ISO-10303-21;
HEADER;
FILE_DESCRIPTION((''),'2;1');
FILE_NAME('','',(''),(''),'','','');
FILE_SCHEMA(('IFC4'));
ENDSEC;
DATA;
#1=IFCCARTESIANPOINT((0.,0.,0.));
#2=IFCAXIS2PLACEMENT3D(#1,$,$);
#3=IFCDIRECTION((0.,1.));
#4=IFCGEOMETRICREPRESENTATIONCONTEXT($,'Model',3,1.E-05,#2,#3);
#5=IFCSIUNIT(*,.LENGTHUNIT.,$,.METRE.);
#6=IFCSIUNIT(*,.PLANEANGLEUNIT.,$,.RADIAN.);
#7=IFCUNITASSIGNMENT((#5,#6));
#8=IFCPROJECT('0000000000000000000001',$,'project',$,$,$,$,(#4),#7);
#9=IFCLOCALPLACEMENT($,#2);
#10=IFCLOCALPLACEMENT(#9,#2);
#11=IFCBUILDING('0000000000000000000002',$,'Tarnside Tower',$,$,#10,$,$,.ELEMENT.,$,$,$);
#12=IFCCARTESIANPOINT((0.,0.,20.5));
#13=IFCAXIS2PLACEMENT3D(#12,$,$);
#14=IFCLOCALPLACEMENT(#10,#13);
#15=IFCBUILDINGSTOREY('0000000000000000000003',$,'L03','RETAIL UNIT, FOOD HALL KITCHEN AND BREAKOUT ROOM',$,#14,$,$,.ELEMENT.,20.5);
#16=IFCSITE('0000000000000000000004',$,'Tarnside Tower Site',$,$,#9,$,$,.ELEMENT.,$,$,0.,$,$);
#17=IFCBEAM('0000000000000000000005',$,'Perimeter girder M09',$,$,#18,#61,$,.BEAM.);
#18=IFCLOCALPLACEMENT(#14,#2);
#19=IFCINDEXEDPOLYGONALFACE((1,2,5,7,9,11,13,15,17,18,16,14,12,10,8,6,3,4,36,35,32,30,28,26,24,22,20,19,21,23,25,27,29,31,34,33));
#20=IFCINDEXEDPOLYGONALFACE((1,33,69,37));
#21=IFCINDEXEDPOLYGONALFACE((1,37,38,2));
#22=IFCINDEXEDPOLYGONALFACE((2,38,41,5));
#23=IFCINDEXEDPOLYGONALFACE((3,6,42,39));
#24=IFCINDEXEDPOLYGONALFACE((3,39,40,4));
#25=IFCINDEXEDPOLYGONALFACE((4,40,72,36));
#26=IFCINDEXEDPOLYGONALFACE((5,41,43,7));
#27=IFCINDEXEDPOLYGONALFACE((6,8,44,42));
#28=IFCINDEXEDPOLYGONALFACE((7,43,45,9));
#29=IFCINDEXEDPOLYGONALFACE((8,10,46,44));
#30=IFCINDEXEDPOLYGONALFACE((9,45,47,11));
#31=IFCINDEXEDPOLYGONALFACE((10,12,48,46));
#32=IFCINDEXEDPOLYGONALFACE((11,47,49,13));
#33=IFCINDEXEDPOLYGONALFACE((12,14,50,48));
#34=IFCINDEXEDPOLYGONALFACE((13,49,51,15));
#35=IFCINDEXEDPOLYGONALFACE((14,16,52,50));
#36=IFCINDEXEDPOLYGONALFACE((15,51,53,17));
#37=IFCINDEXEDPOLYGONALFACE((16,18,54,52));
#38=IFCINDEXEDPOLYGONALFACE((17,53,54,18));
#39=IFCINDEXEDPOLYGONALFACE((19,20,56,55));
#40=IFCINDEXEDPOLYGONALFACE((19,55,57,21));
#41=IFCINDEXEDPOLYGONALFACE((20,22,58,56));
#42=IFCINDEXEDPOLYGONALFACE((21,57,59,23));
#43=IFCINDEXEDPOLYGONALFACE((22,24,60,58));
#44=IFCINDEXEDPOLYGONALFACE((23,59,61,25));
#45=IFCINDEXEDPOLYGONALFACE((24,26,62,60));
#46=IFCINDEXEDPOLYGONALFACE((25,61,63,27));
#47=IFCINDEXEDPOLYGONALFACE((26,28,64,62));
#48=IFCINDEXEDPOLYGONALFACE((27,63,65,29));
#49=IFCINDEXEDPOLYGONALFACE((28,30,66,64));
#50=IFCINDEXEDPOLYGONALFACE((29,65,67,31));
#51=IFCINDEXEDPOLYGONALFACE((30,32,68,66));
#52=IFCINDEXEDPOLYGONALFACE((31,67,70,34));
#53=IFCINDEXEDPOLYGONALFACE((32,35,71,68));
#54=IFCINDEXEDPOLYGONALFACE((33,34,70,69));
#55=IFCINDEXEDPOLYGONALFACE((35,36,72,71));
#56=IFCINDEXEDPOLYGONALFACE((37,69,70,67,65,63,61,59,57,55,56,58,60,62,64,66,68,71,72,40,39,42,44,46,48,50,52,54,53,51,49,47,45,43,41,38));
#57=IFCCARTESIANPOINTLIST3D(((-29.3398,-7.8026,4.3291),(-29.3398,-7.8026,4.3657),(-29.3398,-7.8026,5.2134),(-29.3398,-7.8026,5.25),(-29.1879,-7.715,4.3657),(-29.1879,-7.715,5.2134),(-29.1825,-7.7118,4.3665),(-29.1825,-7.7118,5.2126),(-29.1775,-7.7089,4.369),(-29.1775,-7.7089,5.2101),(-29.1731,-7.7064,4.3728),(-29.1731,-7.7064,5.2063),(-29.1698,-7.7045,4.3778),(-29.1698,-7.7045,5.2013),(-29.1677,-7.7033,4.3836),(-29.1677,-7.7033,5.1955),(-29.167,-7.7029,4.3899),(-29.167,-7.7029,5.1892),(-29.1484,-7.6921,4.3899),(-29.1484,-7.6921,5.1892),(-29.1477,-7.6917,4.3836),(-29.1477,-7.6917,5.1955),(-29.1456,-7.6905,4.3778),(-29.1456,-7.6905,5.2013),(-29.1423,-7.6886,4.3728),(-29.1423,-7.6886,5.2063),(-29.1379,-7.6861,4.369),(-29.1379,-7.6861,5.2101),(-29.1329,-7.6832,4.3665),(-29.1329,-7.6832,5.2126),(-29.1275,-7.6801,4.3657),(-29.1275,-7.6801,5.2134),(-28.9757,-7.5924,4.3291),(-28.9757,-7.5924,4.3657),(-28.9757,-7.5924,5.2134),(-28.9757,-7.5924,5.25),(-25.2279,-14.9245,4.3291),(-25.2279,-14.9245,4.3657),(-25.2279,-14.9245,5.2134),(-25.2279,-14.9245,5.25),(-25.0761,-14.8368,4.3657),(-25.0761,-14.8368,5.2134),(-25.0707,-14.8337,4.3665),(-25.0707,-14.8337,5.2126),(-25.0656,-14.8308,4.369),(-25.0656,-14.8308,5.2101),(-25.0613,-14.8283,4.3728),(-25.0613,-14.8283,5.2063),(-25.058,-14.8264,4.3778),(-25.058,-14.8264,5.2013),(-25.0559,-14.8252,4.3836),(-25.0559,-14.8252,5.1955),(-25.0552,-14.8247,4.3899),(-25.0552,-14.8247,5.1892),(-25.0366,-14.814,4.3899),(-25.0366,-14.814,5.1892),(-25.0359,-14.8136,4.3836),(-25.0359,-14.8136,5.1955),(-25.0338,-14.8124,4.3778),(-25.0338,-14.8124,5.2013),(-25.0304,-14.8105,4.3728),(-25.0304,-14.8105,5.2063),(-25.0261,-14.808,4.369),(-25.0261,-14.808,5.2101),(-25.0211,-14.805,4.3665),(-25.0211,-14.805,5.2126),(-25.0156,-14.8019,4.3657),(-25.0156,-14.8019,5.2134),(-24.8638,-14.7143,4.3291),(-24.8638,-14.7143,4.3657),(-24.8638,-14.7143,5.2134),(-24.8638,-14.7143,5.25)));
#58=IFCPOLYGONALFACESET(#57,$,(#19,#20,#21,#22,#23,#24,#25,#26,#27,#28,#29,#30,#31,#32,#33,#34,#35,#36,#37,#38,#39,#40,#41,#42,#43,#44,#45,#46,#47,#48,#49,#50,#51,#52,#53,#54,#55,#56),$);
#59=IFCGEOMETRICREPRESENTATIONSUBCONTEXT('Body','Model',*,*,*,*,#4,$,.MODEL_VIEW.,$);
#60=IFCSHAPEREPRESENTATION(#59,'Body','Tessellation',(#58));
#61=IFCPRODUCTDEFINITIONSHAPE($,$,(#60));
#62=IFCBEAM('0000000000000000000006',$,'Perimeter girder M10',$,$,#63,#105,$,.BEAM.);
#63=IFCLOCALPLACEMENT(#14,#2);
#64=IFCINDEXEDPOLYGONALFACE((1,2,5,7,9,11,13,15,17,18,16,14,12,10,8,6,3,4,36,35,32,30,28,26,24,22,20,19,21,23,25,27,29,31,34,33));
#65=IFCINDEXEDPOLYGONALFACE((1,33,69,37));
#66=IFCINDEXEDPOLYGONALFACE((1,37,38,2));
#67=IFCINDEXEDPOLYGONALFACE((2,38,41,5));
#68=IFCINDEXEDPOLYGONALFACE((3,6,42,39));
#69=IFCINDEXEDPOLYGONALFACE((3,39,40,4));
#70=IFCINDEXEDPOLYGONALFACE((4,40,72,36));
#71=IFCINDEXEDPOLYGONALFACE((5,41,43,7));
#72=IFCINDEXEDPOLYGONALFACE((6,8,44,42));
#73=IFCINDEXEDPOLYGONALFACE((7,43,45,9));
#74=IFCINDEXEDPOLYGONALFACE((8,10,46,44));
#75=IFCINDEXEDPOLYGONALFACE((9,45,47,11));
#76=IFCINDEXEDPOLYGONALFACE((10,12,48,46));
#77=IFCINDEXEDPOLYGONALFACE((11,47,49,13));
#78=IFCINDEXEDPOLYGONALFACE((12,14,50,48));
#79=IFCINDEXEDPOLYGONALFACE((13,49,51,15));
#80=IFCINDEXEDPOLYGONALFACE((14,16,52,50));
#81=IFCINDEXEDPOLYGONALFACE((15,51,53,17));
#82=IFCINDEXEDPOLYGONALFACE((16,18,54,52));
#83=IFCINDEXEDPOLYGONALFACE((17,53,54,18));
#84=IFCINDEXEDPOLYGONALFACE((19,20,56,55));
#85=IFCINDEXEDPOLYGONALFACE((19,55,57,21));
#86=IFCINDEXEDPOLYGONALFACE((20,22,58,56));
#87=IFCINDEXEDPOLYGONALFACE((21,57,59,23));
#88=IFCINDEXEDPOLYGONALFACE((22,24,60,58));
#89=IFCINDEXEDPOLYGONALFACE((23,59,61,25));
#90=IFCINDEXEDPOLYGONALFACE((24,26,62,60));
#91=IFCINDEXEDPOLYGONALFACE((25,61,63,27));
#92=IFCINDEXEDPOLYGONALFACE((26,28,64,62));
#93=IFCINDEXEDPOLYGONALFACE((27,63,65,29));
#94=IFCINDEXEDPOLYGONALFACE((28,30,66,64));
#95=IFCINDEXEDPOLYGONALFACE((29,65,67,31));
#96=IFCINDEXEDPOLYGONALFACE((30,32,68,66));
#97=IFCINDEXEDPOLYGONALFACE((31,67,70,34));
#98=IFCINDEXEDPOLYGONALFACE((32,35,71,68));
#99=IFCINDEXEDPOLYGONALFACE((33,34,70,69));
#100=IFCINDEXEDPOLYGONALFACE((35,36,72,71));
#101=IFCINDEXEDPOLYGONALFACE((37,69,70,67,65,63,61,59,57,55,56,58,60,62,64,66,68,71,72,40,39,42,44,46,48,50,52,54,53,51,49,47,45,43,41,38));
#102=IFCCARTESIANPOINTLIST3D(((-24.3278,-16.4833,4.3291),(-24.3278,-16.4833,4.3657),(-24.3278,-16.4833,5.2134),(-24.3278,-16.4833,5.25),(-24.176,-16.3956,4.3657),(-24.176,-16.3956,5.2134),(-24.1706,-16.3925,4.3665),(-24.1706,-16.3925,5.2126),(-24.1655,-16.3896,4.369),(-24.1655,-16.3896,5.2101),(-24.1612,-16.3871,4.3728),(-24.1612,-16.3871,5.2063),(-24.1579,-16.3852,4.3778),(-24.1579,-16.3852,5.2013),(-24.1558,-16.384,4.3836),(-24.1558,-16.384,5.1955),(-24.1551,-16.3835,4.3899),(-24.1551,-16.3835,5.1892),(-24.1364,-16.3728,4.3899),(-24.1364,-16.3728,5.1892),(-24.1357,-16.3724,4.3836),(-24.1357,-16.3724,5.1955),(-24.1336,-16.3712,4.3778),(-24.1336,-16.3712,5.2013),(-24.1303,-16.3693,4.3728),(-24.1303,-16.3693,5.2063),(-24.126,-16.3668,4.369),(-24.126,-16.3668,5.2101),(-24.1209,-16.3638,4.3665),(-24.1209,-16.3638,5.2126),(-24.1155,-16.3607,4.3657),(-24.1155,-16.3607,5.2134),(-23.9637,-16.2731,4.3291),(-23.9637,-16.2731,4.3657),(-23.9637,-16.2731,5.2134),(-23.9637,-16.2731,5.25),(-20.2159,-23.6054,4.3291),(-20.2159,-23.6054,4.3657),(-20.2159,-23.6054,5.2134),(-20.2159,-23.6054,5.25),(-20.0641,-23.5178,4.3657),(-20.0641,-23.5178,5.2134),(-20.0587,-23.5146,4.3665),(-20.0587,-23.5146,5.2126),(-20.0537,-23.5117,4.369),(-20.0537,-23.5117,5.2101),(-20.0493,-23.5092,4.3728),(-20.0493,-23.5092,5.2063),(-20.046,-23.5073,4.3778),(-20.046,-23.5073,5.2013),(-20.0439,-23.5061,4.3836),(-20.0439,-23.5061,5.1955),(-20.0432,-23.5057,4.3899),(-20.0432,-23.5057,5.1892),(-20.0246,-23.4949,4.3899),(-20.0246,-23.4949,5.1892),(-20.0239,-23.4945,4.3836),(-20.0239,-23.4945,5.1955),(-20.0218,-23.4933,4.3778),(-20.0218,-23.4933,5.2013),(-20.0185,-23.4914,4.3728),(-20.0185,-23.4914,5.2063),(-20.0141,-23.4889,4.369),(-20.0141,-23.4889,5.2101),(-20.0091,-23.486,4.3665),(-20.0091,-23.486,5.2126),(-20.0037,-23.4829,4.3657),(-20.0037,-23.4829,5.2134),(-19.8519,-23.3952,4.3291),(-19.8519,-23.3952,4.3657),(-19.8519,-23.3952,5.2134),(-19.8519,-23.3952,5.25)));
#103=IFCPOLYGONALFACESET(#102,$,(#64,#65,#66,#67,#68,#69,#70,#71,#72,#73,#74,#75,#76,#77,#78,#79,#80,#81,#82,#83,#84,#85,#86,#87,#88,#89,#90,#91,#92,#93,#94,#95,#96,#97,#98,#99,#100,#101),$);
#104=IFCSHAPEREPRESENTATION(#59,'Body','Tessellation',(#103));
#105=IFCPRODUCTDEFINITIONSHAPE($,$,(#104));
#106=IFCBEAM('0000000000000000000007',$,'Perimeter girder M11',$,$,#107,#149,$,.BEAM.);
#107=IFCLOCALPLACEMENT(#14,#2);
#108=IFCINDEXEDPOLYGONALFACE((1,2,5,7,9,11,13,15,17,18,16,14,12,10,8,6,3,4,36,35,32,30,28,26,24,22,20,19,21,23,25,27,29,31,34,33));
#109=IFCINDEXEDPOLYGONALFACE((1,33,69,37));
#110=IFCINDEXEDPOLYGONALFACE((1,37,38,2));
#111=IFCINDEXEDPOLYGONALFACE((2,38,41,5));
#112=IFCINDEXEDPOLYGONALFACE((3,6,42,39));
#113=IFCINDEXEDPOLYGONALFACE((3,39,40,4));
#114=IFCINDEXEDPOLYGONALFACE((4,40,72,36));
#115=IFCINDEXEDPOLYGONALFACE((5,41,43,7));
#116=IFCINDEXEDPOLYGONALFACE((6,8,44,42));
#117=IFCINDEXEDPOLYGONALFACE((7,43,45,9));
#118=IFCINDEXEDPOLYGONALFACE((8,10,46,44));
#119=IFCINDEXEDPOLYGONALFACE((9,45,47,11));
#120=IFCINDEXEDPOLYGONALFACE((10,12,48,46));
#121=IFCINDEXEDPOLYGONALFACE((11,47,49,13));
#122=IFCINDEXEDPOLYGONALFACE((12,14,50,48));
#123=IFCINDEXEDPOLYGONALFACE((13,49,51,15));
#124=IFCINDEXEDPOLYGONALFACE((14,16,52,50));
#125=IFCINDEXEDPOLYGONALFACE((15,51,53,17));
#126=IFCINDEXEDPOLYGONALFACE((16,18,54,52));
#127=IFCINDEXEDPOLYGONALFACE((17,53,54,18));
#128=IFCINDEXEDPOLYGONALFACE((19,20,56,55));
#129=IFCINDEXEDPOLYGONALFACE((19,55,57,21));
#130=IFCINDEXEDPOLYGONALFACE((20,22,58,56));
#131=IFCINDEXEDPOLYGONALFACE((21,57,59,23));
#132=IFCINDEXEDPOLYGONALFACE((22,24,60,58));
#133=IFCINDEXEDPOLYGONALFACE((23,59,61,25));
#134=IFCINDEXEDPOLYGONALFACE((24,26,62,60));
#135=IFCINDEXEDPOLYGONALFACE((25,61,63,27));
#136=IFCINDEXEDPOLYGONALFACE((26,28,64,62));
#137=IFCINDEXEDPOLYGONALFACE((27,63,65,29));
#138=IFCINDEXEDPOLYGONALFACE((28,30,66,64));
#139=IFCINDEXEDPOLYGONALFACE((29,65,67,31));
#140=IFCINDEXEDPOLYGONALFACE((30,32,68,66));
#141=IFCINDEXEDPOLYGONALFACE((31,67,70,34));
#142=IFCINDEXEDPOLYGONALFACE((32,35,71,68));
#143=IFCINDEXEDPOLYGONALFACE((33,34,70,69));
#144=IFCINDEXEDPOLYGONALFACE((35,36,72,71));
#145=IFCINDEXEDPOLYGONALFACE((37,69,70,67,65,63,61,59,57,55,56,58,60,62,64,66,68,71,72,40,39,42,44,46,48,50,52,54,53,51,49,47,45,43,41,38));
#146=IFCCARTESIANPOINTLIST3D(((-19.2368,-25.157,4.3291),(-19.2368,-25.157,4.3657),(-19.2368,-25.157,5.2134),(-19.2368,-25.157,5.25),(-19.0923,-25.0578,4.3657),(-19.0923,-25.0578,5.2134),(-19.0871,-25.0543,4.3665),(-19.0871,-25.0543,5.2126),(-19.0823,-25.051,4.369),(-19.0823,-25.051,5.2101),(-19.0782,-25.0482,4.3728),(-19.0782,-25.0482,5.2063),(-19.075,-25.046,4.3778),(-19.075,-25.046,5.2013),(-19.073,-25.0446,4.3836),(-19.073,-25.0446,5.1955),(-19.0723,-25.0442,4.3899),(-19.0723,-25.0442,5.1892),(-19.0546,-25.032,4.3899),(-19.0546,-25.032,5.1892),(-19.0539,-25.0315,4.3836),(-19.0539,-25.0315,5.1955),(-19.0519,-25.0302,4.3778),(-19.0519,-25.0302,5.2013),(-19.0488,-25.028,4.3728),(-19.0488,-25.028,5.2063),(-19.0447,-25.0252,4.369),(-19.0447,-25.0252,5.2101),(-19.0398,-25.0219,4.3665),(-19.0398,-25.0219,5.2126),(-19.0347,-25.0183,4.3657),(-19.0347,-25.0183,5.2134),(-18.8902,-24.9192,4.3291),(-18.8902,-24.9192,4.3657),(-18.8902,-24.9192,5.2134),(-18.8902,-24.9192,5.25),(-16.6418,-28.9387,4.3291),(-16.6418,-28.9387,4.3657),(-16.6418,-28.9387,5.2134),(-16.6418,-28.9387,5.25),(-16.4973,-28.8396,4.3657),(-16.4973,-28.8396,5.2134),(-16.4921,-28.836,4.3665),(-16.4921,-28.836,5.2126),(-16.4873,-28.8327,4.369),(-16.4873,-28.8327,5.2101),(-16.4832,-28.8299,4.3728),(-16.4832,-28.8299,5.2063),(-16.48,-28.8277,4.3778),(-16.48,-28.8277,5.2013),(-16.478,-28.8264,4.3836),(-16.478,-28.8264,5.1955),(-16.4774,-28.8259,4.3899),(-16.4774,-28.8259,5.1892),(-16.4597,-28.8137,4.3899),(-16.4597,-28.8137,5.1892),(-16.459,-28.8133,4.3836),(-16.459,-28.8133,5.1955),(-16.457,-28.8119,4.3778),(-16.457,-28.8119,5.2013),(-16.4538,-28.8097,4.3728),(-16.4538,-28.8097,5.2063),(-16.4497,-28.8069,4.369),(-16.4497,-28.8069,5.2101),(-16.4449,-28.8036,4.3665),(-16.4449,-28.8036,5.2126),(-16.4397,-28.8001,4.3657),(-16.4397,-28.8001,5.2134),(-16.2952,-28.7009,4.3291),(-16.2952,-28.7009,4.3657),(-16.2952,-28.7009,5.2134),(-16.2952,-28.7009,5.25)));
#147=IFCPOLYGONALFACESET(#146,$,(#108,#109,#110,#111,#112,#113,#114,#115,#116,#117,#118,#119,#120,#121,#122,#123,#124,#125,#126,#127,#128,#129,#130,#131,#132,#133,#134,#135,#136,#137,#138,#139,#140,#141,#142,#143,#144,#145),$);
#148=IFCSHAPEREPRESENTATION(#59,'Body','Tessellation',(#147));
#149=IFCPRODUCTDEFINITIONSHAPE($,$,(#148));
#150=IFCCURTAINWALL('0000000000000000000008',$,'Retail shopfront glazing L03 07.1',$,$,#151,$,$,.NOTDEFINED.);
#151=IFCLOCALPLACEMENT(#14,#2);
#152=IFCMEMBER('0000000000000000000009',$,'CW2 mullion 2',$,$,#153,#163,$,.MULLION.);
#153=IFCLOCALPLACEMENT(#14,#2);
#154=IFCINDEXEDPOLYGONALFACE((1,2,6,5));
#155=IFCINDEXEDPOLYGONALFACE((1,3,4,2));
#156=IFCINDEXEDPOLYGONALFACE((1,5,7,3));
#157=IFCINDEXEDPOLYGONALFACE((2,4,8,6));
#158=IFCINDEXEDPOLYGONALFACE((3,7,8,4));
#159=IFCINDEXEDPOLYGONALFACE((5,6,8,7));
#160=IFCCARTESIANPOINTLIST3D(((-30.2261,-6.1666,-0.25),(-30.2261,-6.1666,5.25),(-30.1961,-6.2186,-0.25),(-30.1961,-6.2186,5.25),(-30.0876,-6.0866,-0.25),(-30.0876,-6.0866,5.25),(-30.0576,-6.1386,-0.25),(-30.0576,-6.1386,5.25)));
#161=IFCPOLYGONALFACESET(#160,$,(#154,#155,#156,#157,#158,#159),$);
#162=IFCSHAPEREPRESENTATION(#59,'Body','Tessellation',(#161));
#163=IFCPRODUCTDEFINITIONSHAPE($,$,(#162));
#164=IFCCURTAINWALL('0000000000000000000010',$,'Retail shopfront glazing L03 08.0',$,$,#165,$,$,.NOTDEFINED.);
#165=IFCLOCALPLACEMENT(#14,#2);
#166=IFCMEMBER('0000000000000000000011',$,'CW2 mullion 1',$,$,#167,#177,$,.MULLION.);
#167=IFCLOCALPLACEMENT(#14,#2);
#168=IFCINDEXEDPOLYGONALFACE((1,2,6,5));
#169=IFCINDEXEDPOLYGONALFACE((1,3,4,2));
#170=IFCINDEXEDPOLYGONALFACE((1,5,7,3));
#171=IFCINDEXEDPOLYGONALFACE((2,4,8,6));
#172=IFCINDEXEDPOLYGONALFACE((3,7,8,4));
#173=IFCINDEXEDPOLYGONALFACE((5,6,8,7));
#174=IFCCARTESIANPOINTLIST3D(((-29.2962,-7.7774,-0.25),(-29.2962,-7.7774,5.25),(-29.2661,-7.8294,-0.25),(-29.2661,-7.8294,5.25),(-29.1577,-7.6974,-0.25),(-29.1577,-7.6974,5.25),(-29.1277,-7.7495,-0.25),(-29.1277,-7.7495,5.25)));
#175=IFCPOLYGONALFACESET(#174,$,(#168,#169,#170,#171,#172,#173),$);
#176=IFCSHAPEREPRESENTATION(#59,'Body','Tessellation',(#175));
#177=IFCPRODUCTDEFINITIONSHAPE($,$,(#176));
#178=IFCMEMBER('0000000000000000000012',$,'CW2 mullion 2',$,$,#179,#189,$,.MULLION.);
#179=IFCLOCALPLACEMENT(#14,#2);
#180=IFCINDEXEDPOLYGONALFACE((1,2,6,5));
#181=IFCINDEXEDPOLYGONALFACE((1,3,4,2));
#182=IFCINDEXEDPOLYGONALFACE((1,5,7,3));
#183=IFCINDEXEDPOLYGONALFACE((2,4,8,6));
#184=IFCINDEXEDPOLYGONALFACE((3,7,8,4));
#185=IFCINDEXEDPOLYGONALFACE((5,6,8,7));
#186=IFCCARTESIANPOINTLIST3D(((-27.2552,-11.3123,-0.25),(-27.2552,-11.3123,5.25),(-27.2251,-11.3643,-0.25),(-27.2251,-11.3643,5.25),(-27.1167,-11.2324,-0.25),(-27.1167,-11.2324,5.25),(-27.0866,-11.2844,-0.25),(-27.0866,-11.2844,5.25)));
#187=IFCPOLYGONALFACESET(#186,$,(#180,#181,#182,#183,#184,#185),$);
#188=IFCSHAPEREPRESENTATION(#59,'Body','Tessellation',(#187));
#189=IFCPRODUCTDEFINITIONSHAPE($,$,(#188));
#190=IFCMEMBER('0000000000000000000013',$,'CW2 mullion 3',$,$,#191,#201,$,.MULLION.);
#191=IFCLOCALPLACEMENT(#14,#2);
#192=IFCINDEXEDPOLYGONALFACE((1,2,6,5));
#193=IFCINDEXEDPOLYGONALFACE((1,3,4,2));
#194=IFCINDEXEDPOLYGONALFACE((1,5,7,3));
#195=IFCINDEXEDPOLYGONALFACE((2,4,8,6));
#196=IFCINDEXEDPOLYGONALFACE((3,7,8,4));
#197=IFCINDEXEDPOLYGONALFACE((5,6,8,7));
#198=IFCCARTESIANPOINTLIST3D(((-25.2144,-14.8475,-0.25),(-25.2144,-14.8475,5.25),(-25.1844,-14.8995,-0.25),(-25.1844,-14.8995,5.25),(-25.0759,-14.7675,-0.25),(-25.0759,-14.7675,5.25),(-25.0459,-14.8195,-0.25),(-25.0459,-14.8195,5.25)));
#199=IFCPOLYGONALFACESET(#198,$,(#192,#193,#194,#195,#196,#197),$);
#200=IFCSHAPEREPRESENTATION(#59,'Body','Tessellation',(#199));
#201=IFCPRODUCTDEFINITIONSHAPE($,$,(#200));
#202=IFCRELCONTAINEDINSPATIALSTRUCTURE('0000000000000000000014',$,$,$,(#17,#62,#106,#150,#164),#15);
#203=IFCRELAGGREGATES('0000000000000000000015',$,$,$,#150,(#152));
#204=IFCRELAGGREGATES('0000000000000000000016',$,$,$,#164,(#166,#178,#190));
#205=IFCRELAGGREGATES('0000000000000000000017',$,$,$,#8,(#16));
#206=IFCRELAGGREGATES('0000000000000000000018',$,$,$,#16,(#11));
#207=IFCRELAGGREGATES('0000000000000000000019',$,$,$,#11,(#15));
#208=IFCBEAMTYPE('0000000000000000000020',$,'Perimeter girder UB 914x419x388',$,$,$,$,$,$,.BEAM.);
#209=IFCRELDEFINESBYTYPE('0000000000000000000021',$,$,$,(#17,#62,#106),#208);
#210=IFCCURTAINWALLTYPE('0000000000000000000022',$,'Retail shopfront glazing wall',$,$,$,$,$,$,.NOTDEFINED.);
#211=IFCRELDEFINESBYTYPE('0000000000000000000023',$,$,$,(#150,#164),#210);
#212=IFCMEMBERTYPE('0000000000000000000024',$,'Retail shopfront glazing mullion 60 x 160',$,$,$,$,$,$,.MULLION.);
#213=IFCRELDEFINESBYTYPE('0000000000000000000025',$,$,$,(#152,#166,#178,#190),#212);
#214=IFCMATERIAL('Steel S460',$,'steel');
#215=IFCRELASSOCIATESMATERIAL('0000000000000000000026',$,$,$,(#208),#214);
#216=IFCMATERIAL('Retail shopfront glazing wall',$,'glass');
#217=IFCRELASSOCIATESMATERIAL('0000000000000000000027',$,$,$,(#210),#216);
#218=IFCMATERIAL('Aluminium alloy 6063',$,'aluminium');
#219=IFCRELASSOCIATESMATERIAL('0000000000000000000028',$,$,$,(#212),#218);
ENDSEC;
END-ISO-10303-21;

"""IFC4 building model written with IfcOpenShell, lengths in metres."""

from ifc_helpers import new_model, si_unit, direction, frame, origin, origin_2d, place, context, subcontext, project, spatial, rectangle, i_section, extrude, material, material_profile, profile_set, type_object, element, aggregate, save


model = new_model("IFC4")

# Units and contexts
model_context = context("Model", 3, precision=1e-05, world=origin(), true_north=direction((0.0, 1.0)))
body_context = subcontext(model_context, "Body", "Model", "MODEL_VIEW")
ifc_project = project(units=[si_unit("LENGTHUNIT", "METRE"), si_unit("PLANEANGLEUNIT", "RADIAN")], contexts=[model_context])

# Site, building, storey
site_placement = place(None, origin())
site = spatial("IfcSite", under=ifc_project, at=site_placement, Name="Tarnside Tower Site", CompositionType="ELEMENT", RefElevation=0.0)
building_placement = place(site_placement, origin())
building = spatial("IfcBuilding", under=site, at=building_placement, Name="Tarnside Tower", CompositionType="ELEMENT")
storey_placement = place(building_placement, frame((0.0, 0.0, 20.5)))
storey = spatial("IfcBuildingStorey", under=building, at=storey_placement, Name="L03", Description="RETAIL UNIT, FOOD HALL KITCHEN AND BREAKOUT ROOM", CompositionType="ELEMENT", Elevation=20.5)

# Beams
ifc_material_1 = material(Name="Steel S460", Category="steel")
ifc_material_profile_1 = material_profile(ifc_material_1, i_section(OverallWidth=0.4204, OverallDepth=0.9209, WebThickness=0.0215, FlangeThickness=0.0366, FilletRadius=0.0242, at=origin_2d()), Name="UB 914x419x388")
ifc_profile_set_1 = profile_set([ifc_material_profile_1], Name="Steel S460")
beam_type_1 = type_object("IfcBeamType", Name="Perimeter girder UB 914x419x388", PredefinedType="BEAM", material=ifc_profile_set_1)
beam_1_placement = place(storey_placement, frame((-29.1577, -7.6975, 4.7896), z_axis=(0.500003, -0.866024, 0.0), x_axis=(0.866024, 0.500003, 0.0)))
element("IfcBeam", 1, at=beam_1_placement, inside=storey, type_object=beam_type_1, Name="Perimeter girder M09", PredefinedType="BEAM", context=body_context, shape_type="SweptSolid", body=[
    extrude(i_section(OverallWidth=0.4204, OverallDepth=0.9209, WebThickness=0.0215, FlangeThickness=0.0366, FilletRadius=0.0242, at=origin_2d()), origin(), (0.0, 0.0, 1.0), 8.2236),
])
beam_2_placement = place(storey_placement, frame((-24.1458, -16.3782, 4.7896), z_axis=(0.49999, -0.866031, 0.0), x_axis=(0.866031, 0.49999, 0.0)))
element("IfcBeam", 2, at=beam_2_placement, inside=storey, type_object=beam_type_1, Name="Perimeter girder M10", PredefinedType="BEAM", context=body_context, shape_type="SweptSolid", body=[
    extrude(i_section(OverallWidth=0.4204, OverallDepth=0.9209, WebThickness=0.0215, FlangeThickness=0.0366, FilletRadius=0.0242, at=origin_2d()), origin(), (0.0, 0.0, 1.0), 8.2239),
])
beam_3_placement = place(storey_placement, frame((-19.0635, -25.0381, 4.7896), z_axis=(0.565792, -0.824548, 0.0), x_axis=(0.824548, 0.565792, 0.0)))
element("IfcBeam", 3, at=beam_3_placement, inside=storey, type_object=beam_type_1, Name="Perimeter girder M11", PredefinedType="BEAM", context=body_context, shape_type="SweptSolid", body=[
    extrude(i_section(OverallWidth=0.4204, OverallDepth=0.9209, WebThickness=0.0215, FlangeThickness=0.0366, FilletRadius=0.0242, at=origin_2d()), origin(), (0.0, 0.0, 1.0), 4.5864),
])

# Curtain wall, member
ifc_material_2 = material(Name="Retail shopfront glazing wall", Category="glass")
curtain_wall_type = type_object("IfcCurtainWallType", Name="Retail shopfront glazing wall", PredefinedType="NOTDEFINED", material=ifc_material_2)
curtain_wall_1_placement = place(storey_placement, origin())
curtain_wall_1 = element("IfcCurtainWall", 4, at=curtain_wall_1_placement, inside=storey, type_object=curtain_wall_type, Name="Retail shopfront glazing L03 07.1", PredefinedType="NOTDEFINED")
ifc_material_3 = material(Name="Aluminium alloy 6063", Category="aluminium")
ifc_material_profile_2 = material_profile(ifc_material_3, rectangle(XDim=0.1599, YDim=0.0601, at=origin_2d()), Name="Retail shopfront glazing mullion 60 x 160")
ifc_profile_set_2 = profile_set([ifc_material_profile_2], Name="Aluminium alloy 6063")
member_type_1 = type_object("IfcMemberType", Name="Retail shopfront glazing mullion 60 x 160", PredefinedType="MULLION", material=ifc_profile_set_2)
member_1_placement = place(storey_placement, frame((-30.1418, -6.1526, -0.25), z_axis=(0.0, 0.0, 1.0), x_axis=(0.866025, 0.5, 0.0)))
member_1 = element("IfcMember", 5, at=member_1_placement, type_object=member_type_1, Name="CW2 mullion 2", PredefinedType="MULLION", context=body_context, shape_type="SweptSolid", body=[
    extrude(rectangle(XDim=0.1599, YDim=0.0601, at=origin_2d()), origin(), (0.0, 0.0, 1.0), 5.5),
])
aggregate(curtain_wall_1, [member_1])

# Curtain wall, members
curtain_wall_2_placement = place(storey_placement, origin())
curtain_wall_2 = element("IfcCurtainWall", 6, at=curtain_wall_2_placement, inside=storey, type_object=curtain_wall_type, Name="Retail shopfront glazing L03 08.0", PredefinedType="NOTDEFINED")
member_2_placement = place(storey_placement, frame((-29.2119, -7.7634, -0.25), z_axis=(0.0, 0.0, 1.0), x_axis=(0.866025, 0.5, 0.0)))
member_2 = element("IfcMember", 7, at=member_2_placement, type_object=member_type_1, Name="CW2 mullion 1", PredefinedType="MULLION", context=body_context, shape_type="SweptSolid", body=[
    extrude(rectangle(XDim=0.1599, YDim=0.0601, at=origin_2d()), origin(), (0.0, 0.0, 1.0), 5.5),
])
member_3_placement = place(storey_placement, frame((-27.1709, -11.2983, -0.25), z_axis=(0.0, 0.0, 1.0), x_axis=(0.866025, 0.5, 0.0)))
member_3 = element("IfcMember", 8, at=member_3_placement, type_object=member_type_1, Name="CW2 mullion 2", PredefinedType="MULLION", context=body_context, shape_type="SweptSolid", body=[
    extrude(rectangle(XDim=0.1599, YDim=0.0601, at=origin_2d()), origin(), (0.0, 0.0, 1.0), 5.5),
])
member_4_placement = place(storey_placement, frame((-25.1301, -14.8335, -0.25), z_axis=(0.0, 0.0, 1.0), x_axis=(0.866025, 0.5, 0.0)))
member_4 = element("IfcMember", 9, at=member_4_placement, type_object=member_type_1, Name="CW2 mullion 3", PredefinedType="MULLION", context=body_context, shape_type="SweptSolid", body=[
    extrude(rectangle(XDim=0.1599, YDim=0.0601, at=origin_2d()), origin(), (0.0, 0.0, 1.0), 5.5),
])

aggregate(curtain_wall_2, [member_2, member_3, member_4])

save(model, "model.ifc")
